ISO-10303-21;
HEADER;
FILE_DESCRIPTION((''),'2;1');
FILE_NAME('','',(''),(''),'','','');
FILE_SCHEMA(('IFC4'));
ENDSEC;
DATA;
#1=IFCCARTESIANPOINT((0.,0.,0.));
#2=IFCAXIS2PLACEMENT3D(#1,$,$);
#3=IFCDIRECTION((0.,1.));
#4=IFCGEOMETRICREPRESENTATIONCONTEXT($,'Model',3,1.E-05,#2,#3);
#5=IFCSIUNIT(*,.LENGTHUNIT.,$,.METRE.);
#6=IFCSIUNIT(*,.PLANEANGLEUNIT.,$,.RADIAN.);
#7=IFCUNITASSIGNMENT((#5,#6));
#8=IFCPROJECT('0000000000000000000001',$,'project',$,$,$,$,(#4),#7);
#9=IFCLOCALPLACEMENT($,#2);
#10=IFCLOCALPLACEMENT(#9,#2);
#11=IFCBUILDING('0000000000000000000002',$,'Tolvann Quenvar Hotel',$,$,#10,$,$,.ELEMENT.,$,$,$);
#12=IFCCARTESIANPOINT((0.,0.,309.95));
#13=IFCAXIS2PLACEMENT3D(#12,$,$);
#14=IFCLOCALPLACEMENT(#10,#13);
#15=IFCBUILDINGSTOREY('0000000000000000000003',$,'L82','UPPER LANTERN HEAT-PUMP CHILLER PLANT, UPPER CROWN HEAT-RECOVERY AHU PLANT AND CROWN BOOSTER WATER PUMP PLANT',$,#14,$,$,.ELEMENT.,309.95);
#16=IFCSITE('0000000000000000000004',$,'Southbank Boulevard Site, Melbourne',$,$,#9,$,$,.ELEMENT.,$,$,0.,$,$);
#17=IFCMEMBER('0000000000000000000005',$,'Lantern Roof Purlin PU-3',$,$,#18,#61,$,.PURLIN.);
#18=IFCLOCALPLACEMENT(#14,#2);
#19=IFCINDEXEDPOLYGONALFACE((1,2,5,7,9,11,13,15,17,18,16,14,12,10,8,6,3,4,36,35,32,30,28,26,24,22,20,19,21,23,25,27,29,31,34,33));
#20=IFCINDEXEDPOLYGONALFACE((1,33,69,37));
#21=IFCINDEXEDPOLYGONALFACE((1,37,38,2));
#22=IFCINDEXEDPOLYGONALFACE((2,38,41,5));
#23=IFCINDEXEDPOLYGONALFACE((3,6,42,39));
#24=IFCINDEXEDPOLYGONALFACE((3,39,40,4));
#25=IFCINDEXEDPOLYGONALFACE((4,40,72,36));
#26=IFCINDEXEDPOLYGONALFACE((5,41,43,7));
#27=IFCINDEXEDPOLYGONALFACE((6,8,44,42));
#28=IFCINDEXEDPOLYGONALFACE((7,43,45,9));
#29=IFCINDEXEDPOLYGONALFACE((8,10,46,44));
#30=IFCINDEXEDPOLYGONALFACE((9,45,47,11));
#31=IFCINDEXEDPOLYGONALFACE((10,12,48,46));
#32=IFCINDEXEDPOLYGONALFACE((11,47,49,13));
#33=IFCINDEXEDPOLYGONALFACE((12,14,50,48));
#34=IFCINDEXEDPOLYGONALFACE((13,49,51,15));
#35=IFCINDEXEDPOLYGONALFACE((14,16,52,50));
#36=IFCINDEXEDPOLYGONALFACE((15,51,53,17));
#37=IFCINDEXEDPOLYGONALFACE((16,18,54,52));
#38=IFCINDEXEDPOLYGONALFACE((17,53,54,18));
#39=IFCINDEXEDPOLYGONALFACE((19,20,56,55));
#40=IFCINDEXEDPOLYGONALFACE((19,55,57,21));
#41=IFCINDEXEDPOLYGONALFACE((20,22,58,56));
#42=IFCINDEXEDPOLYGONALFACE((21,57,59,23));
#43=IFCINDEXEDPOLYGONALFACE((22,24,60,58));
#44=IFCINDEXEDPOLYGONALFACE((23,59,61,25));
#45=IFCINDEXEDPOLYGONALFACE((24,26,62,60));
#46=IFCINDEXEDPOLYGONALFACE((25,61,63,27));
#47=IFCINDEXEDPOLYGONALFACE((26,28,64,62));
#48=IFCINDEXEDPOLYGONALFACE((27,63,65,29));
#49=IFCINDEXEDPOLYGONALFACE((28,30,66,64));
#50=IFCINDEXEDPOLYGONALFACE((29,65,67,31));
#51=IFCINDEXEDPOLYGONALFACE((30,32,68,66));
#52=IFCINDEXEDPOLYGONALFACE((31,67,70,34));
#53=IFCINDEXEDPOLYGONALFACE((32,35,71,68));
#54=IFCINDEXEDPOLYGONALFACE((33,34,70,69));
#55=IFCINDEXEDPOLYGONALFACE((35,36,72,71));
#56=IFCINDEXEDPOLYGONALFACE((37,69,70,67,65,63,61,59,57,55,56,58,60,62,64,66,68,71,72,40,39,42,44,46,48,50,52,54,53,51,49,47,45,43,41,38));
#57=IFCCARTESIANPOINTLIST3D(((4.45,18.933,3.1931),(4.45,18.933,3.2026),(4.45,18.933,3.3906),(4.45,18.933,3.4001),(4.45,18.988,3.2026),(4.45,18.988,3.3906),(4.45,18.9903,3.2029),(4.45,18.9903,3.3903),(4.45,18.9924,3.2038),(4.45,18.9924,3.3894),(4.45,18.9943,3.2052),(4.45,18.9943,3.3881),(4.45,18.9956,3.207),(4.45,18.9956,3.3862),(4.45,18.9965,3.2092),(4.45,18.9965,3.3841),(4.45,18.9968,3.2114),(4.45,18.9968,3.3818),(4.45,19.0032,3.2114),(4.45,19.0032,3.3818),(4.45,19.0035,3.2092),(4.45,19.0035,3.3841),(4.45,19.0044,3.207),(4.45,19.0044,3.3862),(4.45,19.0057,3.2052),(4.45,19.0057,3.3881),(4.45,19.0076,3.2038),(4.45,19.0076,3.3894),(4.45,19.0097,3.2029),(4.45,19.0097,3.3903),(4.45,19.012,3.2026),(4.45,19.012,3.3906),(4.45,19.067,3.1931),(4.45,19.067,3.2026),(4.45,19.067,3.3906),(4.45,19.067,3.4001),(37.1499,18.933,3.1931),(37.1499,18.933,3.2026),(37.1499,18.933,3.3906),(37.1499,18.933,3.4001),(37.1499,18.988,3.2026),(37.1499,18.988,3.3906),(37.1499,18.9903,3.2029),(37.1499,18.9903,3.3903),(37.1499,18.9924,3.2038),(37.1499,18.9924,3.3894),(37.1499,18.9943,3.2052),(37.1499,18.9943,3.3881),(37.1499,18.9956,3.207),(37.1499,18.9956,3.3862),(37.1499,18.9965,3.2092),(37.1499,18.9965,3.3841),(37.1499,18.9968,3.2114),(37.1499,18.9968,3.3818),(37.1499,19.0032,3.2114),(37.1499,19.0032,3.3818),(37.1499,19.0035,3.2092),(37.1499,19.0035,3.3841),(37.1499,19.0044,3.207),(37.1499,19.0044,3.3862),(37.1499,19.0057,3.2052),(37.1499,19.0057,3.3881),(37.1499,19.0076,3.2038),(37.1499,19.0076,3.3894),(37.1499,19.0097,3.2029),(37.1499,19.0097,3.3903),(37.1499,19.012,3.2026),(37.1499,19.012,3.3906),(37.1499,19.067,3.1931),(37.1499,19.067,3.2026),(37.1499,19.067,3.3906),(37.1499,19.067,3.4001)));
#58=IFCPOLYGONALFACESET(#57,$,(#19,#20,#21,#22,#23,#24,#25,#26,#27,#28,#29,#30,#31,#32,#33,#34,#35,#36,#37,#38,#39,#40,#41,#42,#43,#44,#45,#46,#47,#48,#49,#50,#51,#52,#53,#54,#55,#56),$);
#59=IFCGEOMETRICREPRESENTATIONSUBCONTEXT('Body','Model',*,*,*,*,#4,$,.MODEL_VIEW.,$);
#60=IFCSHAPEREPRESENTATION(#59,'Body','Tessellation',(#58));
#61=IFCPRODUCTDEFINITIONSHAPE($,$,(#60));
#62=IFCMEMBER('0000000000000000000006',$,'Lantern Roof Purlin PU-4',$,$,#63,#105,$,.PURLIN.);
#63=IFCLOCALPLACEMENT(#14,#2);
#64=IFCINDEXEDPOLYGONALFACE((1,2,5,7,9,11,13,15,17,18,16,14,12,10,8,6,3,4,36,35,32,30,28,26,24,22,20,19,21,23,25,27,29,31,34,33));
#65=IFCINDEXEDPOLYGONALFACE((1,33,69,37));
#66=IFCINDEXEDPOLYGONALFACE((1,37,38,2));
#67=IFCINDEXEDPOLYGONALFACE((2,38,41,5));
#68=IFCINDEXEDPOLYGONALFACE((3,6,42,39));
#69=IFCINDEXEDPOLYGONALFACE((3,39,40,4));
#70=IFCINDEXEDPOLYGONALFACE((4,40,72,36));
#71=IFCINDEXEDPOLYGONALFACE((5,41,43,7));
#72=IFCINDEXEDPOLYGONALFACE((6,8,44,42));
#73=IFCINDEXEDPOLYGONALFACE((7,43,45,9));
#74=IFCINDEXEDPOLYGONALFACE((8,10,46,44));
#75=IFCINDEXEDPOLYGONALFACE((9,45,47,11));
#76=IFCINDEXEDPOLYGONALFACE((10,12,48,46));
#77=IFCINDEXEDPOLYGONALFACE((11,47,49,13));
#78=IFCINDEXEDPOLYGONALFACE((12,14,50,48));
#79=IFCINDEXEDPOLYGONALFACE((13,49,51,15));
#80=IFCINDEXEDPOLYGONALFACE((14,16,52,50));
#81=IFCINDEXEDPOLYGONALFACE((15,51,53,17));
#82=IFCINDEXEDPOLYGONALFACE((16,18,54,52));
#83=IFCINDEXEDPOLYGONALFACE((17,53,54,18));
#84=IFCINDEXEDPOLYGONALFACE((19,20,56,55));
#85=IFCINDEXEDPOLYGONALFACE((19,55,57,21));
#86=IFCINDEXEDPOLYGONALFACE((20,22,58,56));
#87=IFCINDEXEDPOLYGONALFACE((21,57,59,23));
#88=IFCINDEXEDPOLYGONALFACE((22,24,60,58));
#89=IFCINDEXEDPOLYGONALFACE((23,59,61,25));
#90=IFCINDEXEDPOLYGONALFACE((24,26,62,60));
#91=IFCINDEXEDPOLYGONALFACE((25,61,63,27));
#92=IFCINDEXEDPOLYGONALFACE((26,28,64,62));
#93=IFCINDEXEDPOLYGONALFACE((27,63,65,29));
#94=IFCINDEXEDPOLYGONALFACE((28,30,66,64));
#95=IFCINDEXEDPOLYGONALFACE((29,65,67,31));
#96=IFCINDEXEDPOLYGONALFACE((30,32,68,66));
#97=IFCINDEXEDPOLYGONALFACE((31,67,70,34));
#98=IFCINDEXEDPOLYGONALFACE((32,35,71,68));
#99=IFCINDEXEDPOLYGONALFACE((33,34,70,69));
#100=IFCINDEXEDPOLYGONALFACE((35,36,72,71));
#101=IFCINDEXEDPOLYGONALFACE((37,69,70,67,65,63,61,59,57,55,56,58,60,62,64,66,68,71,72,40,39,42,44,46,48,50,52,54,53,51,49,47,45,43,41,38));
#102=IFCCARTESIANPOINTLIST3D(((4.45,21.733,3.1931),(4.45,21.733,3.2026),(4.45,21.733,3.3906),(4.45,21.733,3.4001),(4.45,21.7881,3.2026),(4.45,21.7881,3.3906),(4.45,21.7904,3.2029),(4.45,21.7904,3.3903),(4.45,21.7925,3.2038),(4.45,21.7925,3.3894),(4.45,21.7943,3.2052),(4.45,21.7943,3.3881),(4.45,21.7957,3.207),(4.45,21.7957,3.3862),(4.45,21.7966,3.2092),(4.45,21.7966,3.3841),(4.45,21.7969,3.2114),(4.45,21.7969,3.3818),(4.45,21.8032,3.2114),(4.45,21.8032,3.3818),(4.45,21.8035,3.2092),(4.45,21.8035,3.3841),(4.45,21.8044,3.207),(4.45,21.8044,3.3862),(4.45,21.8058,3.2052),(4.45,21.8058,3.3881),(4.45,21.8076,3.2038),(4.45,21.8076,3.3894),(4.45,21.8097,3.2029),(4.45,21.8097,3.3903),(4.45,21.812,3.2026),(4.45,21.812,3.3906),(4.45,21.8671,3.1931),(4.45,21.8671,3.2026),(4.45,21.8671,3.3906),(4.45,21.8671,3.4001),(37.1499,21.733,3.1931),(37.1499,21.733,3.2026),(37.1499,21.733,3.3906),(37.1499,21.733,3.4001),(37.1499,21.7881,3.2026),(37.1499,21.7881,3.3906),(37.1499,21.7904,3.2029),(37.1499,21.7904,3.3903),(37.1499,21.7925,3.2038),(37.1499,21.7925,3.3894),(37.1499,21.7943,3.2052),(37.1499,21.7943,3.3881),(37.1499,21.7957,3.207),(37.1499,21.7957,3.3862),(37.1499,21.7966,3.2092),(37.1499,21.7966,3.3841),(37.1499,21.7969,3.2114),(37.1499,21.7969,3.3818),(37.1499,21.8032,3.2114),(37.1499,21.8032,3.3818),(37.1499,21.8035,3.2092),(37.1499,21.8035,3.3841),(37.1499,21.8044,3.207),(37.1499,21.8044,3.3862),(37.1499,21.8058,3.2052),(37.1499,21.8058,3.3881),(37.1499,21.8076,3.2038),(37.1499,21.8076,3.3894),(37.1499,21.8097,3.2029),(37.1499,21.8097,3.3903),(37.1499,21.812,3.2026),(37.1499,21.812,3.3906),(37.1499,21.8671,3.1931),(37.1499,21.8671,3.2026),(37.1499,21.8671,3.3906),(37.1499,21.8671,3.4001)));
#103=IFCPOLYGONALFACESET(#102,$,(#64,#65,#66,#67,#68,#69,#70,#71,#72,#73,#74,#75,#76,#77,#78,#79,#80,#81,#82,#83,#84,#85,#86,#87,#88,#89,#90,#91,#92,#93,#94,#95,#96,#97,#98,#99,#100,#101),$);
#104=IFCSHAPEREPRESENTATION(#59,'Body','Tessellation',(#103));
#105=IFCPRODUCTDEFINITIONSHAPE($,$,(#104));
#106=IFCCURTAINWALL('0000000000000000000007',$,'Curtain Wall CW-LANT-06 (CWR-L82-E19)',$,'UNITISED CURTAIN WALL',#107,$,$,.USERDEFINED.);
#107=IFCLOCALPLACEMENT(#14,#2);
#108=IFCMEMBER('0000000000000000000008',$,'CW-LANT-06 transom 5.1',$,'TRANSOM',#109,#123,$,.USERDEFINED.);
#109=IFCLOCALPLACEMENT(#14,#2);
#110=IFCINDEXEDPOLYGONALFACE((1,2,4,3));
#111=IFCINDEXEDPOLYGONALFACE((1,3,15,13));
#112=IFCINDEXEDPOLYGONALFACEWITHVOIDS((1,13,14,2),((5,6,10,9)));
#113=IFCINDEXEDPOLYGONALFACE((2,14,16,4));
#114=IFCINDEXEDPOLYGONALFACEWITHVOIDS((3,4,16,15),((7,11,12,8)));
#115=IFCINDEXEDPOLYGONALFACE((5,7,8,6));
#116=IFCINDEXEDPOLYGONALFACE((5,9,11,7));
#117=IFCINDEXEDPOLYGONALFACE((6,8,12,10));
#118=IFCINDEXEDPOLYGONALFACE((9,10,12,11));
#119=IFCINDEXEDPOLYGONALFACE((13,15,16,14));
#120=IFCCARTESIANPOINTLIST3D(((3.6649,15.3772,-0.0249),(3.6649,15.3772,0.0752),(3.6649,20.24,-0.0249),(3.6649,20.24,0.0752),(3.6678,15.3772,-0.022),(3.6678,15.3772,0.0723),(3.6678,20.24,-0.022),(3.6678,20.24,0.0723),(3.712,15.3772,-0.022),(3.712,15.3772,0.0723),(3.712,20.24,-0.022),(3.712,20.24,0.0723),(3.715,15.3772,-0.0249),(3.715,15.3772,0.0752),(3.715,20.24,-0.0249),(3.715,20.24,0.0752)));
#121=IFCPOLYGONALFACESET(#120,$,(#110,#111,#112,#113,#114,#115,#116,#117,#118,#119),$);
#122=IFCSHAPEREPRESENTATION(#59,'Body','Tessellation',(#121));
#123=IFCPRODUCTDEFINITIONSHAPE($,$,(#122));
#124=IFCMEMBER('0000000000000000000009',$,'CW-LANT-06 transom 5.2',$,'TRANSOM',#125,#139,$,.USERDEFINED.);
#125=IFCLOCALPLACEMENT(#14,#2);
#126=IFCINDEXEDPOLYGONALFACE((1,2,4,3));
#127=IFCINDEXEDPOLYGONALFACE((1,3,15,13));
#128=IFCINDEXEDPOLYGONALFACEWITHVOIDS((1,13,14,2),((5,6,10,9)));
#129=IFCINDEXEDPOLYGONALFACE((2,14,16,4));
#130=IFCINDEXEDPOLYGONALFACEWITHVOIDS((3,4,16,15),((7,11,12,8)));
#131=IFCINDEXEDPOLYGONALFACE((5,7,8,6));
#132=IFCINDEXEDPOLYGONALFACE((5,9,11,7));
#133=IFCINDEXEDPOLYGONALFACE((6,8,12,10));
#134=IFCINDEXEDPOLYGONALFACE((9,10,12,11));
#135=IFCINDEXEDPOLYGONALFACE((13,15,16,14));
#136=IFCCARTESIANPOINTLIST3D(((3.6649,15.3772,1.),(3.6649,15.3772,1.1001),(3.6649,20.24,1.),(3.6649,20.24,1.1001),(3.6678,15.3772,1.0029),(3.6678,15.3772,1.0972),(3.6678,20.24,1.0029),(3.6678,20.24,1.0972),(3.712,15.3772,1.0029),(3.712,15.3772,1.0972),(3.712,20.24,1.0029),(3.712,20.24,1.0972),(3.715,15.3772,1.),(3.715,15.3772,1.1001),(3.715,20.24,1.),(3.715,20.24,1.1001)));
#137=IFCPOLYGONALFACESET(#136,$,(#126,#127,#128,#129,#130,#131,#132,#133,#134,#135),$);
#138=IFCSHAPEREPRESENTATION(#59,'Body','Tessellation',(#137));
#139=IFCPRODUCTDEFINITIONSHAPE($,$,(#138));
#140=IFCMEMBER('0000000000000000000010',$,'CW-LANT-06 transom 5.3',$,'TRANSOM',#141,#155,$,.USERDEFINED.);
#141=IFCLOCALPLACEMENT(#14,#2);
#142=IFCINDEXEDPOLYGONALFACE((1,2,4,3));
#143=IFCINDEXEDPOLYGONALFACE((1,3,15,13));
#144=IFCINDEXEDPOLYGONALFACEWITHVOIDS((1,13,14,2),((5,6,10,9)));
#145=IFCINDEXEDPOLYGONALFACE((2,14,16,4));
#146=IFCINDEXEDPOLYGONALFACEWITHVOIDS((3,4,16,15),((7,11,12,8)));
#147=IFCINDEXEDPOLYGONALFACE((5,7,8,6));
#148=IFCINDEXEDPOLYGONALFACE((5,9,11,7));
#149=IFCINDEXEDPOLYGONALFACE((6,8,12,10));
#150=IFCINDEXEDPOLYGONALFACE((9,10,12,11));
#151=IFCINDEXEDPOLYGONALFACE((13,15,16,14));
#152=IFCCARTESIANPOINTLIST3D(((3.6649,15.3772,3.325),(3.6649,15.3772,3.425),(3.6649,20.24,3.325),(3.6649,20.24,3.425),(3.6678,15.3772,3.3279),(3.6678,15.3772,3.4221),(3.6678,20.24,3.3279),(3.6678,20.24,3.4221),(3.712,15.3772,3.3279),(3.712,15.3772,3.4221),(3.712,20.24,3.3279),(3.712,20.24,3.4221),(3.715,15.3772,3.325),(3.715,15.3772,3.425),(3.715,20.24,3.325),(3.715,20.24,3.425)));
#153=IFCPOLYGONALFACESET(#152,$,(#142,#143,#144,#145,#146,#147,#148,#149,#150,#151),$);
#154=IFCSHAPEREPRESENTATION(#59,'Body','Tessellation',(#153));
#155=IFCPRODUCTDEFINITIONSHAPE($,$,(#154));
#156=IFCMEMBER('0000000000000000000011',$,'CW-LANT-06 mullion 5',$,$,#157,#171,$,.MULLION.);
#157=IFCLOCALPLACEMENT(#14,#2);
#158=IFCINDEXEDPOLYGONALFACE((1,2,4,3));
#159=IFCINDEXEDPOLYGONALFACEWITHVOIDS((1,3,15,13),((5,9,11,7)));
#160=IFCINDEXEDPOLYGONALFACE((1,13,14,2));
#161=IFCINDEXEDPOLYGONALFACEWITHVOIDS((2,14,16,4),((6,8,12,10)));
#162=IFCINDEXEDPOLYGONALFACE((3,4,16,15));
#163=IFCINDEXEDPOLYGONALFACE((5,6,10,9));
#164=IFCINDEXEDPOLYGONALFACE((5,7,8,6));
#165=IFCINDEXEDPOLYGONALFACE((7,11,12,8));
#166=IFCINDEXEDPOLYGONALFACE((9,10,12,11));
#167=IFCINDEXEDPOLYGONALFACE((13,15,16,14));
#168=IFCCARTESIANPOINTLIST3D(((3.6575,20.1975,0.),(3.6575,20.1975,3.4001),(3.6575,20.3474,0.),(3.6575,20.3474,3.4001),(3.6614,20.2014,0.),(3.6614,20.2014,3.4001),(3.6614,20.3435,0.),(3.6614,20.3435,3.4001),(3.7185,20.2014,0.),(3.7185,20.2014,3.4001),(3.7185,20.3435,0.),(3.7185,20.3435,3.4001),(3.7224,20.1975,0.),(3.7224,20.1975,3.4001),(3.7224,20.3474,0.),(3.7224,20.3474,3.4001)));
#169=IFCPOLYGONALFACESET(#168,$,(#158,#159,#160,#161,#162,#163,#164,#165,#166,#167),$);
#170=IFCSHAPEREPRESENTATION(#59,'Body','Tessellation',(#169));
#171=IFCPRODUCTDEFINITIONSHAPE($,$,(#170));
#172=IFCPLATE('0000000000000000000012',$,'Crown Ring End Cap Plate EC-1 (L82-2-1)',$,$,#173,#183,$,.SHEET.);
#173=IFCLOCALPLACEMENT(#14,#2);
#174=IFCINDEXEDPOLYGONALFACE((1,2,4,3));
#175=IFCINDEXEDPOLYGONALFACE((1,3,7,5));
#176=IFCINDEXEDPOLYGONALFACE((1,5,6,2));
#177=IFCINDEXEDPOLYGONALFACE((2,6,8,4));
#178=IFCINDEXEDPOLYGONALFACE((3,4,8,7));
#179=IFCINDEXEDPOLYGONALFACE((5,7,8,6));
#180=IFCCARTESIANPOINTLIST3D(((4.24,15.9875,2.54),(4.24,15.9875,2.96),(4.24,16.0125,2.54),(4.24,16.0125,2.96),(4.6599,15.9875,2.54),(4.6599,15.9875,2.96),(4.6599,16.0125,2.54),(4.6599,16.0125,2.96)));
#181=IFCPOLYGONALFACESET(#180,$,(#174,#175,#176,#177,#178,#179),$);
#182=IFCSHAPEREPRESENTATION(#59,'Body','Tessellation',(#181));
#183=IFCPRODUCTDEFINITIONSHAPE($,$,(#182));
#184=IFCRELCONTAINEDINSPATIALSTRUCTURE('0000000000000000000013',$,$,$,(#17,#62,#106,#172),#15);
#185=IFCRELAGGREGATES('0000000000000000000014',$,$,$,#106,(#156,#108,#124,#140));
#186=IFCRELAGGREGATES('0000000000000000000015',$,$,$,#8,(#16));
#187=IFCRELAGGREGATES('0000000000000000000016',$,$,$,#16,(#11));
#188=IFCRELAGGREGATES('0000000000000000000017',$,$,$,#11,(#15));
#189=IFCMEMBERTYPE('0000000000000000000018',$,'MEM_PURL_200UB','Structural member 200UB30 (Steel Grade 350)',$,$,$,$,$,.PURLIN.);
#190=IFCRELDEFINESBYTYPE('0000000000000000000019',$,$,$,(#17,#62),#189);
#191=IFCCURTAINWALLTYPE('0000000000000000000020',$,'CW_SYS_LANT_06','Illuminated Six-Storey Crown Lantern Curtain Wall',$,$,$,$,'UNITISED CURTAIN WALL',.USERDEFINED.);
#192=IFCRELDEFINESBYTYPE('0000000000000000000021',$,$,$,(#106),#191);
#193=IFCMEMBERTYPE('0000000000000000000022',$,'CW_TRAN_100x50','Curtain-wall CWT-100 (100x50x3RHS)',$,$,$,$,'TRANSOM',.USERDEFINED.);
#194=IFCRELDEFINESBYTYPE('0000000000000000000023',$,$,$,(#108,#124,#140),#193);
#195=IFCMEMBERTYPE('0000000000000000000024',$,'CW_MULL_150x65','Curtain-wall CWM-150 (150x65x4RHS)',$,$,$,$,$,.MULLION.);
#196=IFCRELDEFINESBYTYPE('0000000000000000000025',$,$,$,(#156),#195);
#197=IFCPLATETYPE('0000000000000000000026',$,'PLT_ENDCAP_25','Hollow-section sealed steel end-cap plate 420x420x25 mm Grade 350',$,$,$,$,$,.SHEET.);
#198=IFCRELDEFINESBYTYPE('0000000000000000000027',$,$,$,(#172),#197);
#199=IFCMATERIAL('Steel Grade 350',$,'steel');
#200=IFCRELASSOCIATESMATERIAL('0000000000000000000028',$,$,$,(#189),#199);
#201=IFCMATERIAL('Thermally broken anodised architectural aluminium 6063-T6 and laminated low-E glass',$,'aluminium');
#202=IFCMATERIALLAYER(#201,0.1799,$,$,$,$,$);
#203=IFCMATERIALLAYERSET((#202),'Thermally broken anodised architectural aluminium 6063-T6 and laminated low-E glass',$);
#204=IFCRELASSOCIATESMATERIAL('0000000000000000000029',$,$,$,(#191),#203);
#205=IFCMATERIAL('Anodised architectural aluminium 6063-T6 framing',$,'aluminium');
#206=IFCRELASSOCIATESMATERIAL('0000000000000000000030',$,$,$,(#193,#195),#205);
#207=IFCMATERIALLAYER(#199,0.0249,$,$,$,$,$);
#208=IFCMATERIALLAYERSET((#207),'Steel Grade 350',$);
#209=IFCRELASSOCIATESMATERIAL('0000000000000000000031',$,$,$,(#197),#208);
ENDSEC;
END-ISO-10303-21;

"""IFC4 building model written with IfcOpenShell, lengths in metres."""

from ifc_helpers import new_model, si_unit, direction, frame, origin, origin_2d, place, context, subcontext, project, spatial, rectangle, hollow_rectangle, i_section, extrude, source, transform, mapped, material, layer, layer_set, material_profile, profile_set, type_object, type_shapes, element, aggregate, save


model = new_model("IFC4")

# Units and contexts
model_context = context("Model", 3, precision=1e-05, world=origin(), true_north=direction((0.0, 1.0)))
body_context = subcontext(model_context, "Body", "Model", "MODEL_VIEW")
ifc_project = project(units=[si_unit("LENGTHUNIT", "METRE"), si_unit("PLANEANGLEUNIT", "RADIAN")], contexts=[model_context])

# Site, building, storey
site_placement = place(None, origin())
site = spatial("IfcSite", under=ifc_project, at=site_placement, Name="Southbank Boulevard Site, Melbourne", CompositionType="ELEMENT", RefElevation=0.0)
building_placement = place(site_placement, origin())
building = spatial("IfcBuilding", under=site, at=building_placement, Name="Tolvann Quenvar Hotel", CompositionType="ELEMENT")
storey_placement = place(building_placement, frame((0.0, 0.0, 309.95)))
storey = spatial("IfcBuildingStorey", under=building, at=storey_placement, Name="L82", Description="UPPER LANTERN HEAT-PUMP CHILLER PLANT, UPPER CROWN HEAT-RECOVERY AHU PLANT AND CROWN BOOSTER WATER PUMP PLANT", CompositionType="ELEMENT", Elevation=309.95)

# Shared definitions
ifc_material_1 = material(Name="Steel Grade 350", Category="steel")

# Members
ifc_material_profile_1 = material_profile(ifc_material_1, i_section(OverallWidth=0.134, OverallDepth=0.207, WebThickness=0.0063, FlangeThickness=0.0095, FilletRadius=0.0088, at=origin_2d()), Name="200UB30")
ifc_profile_set_1 = profile_set([ifc_material_profile_1], Name="Steel Grade 350")
member_type_1 = type_object("IfcMemberType", Name="MEM_PURL_200UB", Description="Structural member 200UB30 (Steel Grade 350)", PredefinedType="PURLIN", material=ifc_profile_set_1)
shared_shape_1 = source(origin(), body_context, "Body", "SweptSolid", [
    extrude(i_section(OverallWidth=0.134, OverallDepth=0.207, WebThickness=0.0063, FlangeThickness=0.0095, FilletRadius=0.0088, at=origin_2d()), origin(), (0.0, 0.0, 1.0), 32.7),
])
type_shapes(member_type_1, [shared_shape_1])
for number, where, z_axis, x_axis, name in (
    (1, (4.45, 19.0, 3.2966), (1.0, 0.0, 0.0), (0.0, 1.0, 0.0), "Lantern Roof Purlin PU-3"),
    (2, (4.45, 21.8, 3.2966), (1.0, 0.0, 0.0), (0.0, 1.0, 0.0), "Lantern Roof Purlin PU-4"),
):
    element("IfcMember", number, at=place(storey_placement, frame(where, z_axis=z_axis, x_axis=x_axis)), inside=storey, type_object=member_type_1, Name=name, PredefinedType="PURLIN", context=body_context, shape_type="MappedRepresentation", body=[
        mapped(shared_shape_1, transform((0.0, 0.0, 0.0), x_axis=(1.0, 0.0, 0.0), y_axis=(0.0, 1.0, 0.0), z_axis=(0.0, 0.0, 1.0), scale=1.0)),
    ])

# Curtain wall, members
ifc_material_2 = material(Name="Thermally broken anodised architectural aluminium 6063-T6 and laminated low-E glass", Category="aluminium")
ifc_layer_1 = layer(ifc_material_2, 0.1799)
ifc_layer_set_1 = layer_set([ifc_layer_1], Name="Thermally broken anodised architectural aluminium 6063-T6 and laminated low-E glass")
curtain_wall_type = type_object("IfcCurtainWallType", Name="CW_SYS_LANT_06", Description="Illuminated Six-Storey Crown Lantern Curtain Wall", ElementType="UNITISED CURTAIN WALL", PredefinedType="USERDEFINED", material=ifc_layer_set_1)
curtain_wall_placement = place(storey_placement, origin())
curtain_wall = element("IfcCurtainWall", 3, at=curtain_wall_placement, inside=storey, type_object=curtain_wall_type, Name="Curtain Wall CW-LANT-06 (CWR-L82-E19)", ObjectType="UNITISED CURTAIN WALL", PredefinedType="USERDEFINED")
ifc_material_3 = material(Name="Anodised architectural aluminium 6063-T6 framing", Category="aluminium")
ifc_material_profile_2 = material_profile(ifc_material_3, hollow_rectangle(XDim=0.05, YDim=0.1001, WallThickness=0.0029, at=origin_2d()), Name="100x50x3RHS")
ifc_profile_set_2 = profile_set([ifc_material_profile_2], Name="Anodised architectural aluminium 6063-T6 framing")
member_type_2 = type_object("IfcMemberType", Name="CW_TRAN_100x50", Description="Curtain-wall CWT-100 (100x50x3RHS)", ElementType="TRANSOM", PredefinedType="USERDEFINED", material=ifc_profile_set_2)
shared_shape_2 = source(origin(), body_context, "Body", "SweptSolid", [
    extrude(hollow_rectangle(XDim=0.05, YDim=0.1001, WallThickness=0.0029, at=origin_2d()), origin(), (0.0, 0.0, 1.0), 4.8628),
])
type_shapes(member_type_2, [shared_shape_2])
member_1_placement = place(storey_placement, frame((3.6899, 20.24, 0.0251), z_axis=(0.0, -1.0, 0.0), x_axis=(1.0, 0.0, 0.0)))
member_1 = element("IfcMember", 4, at=member_1_placement, type_object=member_type_2, Name="CW-LANT-06 transom 5.1", ObjectType="TRANSOM", PredefinedType="USERDEFINED", context=body_context, shape_type="MappedRepresentation", body=[
    mapped(shared_shape_2, transform((0.0, 0.0, 0.0), x_axis=(1.0, 0.0, 0.0), y_axis=(0.0, 1.0, 0.0), z_axis=(0.0, 0.0, 1.0), scale=1.0)),
])
member_2_placement = place(storey_placement, frame((3.6899, 20.24, 1.05), z_axis=(0.0, -1.0, 0.0), x_axis=(1.0, 0.0, 0.0)))
member_2 = element("IfcMember", 5, at=member_2_placement, type_object=member_type_2, Name="CW-LANT-06 transom 5.2", ObjectType="TRANSOM", PredefinedType="USERDEFINED", context=body_context, shape_type="MappedRepresentation", body=[
    mapped(shared_shape_2, transform((0.0, 0.0, 0.0), x_axis=(1.0, 0.0, 0.0), y_axis=(0.0, 1.0, 0.0), z_axis=(0.0, 0.0, 1.0), scale=1.0)),
])
member_3_placement = place(storey_placement, frame((3.6899, 20.24, 3.375), z_axis=(0.0, -1.0, 0.0), x_axis=(1.0, 0.0, 0.0)))
member_3 = element("IfcMember", 6, at=member_3_placement, type_object=member_type_2, Name="CW-LANT-06 transom 5.3", ObjectType="TRANSOM", PredefinedType="USERDEFINED", context=body_context, shape_type="MappedRepresentation", body=[
    mapped(shared_shape_2, transform((0.0, 0.0, 0.0), x_axis=(1.0, 0.0, 0.0), y_axis=(0.0, 1.0, 0.0), z_axis=(0.0, 0.0, 1.0), scale=1.0)),
])
ifc_material_profile_3 = material_profile(ifc_material_3, hollow_rectangle(XDim=0.0649, YDim=0.1499, WallThickness=0.0039, at=origin_2d()), Name="150x65x4RHS")
ifc_profile_set_3 = profile_set([ifc_material_profile_3], Name="Anodised architectural aluminium 6063-T6 framing")
member_type_3 = type_object("IfcMemberType", Name="CW_MULL_150x65", Description="Curtain-wall CWM-150 (150x65x4RHS)", PredefinedType="MULLION", material=ifc_profile_set_3)
shared_shape_3 = source(origin(), body_context, "Body", "SweptSolid", [
    extrude(hollow_rectangle(XDim=0.0649, YDim=0.1499, WallThickness=0.0039, at=origin_2d()), origin(), (0.0, 0.0, 1.0), 3.4001),
])
type_shapes(member_type_3, [shared_shape_3])
member_4_placement = place(storey_placement, frame((3.6899, 20.2725, 0.0), z_axis=(0.0, 0.0, 1.0), x_axis=(1.0, 0.0, 0.0)))
member_4 = element("IfcMember", 7, at=member_4_placement, type_object=member_type_3, Name="CW-LANT-06 mullion 5", PredefinedType="MULLION", context=body_context, shape_type="MappedRepresentation", body=[
    mapped(shared_shape_3, transform((0.0, 0.0, 0.0), x_axis=(1.0, 0.0, 0.0), y_axis=(0.0, 1.0, 0.0), z_axis=(0.0, 0.0, 1.0), scale=1.0)),
])

# Plate
ifc_layer_2 = layer(ifc_material_1, 0.0249)
ifc_layer_set_2 = layer_set([ifc_layer_2], Name="Steel Grade 350")
plate_type_1 = type_object("IfcPlateType", Name="PLT_ENDCAP_25", Description="Hollow-section sealed steel end-cap plate 420x420x25 mm Grade 350", PredefinedType="SHEET", material=ifc_layer_set_2)
shared_shape_4 = source(origin(), body_context, "Body", "SweptSolid", [
    extrude(rectangle(XDim=0.4199, YDim=0.0249, at=origin_2d()), origin(), (0.0, 0.0, 1.0), 0.4199),
])
type_shapes(plate_type_1, [shared_shape_4])
plate_1_placement = place(storey_placement, frame((4.45, 16.0, 2.54), z_axis=(0.0, 0.0, 1.0), x_axis=(1.0, 0.0, 0.0)))
element("IfcPlate", 8, at=plate_1_placement, inside=storey, type_object=plate_type_1, Name="Crown Ring End Cap Plate EC-1 (L82-2-1)", PredefinedType="SHEET", context=body_context, shape_type="MappedRepresentation", body=[
    mapped(shared_shape_4, transform((0.0, 0.0, 0.0), x_axis=(1.0, 0.0, 0.0), y_axis=(0.0, 1.0, 0.0), z_axis=(0.0, 0.0, 1.0), scale=1.0)),
])
aggregate(curtain_wall, [member_4, member_1, member_2, member_3])

save(model, "model.ifc")
